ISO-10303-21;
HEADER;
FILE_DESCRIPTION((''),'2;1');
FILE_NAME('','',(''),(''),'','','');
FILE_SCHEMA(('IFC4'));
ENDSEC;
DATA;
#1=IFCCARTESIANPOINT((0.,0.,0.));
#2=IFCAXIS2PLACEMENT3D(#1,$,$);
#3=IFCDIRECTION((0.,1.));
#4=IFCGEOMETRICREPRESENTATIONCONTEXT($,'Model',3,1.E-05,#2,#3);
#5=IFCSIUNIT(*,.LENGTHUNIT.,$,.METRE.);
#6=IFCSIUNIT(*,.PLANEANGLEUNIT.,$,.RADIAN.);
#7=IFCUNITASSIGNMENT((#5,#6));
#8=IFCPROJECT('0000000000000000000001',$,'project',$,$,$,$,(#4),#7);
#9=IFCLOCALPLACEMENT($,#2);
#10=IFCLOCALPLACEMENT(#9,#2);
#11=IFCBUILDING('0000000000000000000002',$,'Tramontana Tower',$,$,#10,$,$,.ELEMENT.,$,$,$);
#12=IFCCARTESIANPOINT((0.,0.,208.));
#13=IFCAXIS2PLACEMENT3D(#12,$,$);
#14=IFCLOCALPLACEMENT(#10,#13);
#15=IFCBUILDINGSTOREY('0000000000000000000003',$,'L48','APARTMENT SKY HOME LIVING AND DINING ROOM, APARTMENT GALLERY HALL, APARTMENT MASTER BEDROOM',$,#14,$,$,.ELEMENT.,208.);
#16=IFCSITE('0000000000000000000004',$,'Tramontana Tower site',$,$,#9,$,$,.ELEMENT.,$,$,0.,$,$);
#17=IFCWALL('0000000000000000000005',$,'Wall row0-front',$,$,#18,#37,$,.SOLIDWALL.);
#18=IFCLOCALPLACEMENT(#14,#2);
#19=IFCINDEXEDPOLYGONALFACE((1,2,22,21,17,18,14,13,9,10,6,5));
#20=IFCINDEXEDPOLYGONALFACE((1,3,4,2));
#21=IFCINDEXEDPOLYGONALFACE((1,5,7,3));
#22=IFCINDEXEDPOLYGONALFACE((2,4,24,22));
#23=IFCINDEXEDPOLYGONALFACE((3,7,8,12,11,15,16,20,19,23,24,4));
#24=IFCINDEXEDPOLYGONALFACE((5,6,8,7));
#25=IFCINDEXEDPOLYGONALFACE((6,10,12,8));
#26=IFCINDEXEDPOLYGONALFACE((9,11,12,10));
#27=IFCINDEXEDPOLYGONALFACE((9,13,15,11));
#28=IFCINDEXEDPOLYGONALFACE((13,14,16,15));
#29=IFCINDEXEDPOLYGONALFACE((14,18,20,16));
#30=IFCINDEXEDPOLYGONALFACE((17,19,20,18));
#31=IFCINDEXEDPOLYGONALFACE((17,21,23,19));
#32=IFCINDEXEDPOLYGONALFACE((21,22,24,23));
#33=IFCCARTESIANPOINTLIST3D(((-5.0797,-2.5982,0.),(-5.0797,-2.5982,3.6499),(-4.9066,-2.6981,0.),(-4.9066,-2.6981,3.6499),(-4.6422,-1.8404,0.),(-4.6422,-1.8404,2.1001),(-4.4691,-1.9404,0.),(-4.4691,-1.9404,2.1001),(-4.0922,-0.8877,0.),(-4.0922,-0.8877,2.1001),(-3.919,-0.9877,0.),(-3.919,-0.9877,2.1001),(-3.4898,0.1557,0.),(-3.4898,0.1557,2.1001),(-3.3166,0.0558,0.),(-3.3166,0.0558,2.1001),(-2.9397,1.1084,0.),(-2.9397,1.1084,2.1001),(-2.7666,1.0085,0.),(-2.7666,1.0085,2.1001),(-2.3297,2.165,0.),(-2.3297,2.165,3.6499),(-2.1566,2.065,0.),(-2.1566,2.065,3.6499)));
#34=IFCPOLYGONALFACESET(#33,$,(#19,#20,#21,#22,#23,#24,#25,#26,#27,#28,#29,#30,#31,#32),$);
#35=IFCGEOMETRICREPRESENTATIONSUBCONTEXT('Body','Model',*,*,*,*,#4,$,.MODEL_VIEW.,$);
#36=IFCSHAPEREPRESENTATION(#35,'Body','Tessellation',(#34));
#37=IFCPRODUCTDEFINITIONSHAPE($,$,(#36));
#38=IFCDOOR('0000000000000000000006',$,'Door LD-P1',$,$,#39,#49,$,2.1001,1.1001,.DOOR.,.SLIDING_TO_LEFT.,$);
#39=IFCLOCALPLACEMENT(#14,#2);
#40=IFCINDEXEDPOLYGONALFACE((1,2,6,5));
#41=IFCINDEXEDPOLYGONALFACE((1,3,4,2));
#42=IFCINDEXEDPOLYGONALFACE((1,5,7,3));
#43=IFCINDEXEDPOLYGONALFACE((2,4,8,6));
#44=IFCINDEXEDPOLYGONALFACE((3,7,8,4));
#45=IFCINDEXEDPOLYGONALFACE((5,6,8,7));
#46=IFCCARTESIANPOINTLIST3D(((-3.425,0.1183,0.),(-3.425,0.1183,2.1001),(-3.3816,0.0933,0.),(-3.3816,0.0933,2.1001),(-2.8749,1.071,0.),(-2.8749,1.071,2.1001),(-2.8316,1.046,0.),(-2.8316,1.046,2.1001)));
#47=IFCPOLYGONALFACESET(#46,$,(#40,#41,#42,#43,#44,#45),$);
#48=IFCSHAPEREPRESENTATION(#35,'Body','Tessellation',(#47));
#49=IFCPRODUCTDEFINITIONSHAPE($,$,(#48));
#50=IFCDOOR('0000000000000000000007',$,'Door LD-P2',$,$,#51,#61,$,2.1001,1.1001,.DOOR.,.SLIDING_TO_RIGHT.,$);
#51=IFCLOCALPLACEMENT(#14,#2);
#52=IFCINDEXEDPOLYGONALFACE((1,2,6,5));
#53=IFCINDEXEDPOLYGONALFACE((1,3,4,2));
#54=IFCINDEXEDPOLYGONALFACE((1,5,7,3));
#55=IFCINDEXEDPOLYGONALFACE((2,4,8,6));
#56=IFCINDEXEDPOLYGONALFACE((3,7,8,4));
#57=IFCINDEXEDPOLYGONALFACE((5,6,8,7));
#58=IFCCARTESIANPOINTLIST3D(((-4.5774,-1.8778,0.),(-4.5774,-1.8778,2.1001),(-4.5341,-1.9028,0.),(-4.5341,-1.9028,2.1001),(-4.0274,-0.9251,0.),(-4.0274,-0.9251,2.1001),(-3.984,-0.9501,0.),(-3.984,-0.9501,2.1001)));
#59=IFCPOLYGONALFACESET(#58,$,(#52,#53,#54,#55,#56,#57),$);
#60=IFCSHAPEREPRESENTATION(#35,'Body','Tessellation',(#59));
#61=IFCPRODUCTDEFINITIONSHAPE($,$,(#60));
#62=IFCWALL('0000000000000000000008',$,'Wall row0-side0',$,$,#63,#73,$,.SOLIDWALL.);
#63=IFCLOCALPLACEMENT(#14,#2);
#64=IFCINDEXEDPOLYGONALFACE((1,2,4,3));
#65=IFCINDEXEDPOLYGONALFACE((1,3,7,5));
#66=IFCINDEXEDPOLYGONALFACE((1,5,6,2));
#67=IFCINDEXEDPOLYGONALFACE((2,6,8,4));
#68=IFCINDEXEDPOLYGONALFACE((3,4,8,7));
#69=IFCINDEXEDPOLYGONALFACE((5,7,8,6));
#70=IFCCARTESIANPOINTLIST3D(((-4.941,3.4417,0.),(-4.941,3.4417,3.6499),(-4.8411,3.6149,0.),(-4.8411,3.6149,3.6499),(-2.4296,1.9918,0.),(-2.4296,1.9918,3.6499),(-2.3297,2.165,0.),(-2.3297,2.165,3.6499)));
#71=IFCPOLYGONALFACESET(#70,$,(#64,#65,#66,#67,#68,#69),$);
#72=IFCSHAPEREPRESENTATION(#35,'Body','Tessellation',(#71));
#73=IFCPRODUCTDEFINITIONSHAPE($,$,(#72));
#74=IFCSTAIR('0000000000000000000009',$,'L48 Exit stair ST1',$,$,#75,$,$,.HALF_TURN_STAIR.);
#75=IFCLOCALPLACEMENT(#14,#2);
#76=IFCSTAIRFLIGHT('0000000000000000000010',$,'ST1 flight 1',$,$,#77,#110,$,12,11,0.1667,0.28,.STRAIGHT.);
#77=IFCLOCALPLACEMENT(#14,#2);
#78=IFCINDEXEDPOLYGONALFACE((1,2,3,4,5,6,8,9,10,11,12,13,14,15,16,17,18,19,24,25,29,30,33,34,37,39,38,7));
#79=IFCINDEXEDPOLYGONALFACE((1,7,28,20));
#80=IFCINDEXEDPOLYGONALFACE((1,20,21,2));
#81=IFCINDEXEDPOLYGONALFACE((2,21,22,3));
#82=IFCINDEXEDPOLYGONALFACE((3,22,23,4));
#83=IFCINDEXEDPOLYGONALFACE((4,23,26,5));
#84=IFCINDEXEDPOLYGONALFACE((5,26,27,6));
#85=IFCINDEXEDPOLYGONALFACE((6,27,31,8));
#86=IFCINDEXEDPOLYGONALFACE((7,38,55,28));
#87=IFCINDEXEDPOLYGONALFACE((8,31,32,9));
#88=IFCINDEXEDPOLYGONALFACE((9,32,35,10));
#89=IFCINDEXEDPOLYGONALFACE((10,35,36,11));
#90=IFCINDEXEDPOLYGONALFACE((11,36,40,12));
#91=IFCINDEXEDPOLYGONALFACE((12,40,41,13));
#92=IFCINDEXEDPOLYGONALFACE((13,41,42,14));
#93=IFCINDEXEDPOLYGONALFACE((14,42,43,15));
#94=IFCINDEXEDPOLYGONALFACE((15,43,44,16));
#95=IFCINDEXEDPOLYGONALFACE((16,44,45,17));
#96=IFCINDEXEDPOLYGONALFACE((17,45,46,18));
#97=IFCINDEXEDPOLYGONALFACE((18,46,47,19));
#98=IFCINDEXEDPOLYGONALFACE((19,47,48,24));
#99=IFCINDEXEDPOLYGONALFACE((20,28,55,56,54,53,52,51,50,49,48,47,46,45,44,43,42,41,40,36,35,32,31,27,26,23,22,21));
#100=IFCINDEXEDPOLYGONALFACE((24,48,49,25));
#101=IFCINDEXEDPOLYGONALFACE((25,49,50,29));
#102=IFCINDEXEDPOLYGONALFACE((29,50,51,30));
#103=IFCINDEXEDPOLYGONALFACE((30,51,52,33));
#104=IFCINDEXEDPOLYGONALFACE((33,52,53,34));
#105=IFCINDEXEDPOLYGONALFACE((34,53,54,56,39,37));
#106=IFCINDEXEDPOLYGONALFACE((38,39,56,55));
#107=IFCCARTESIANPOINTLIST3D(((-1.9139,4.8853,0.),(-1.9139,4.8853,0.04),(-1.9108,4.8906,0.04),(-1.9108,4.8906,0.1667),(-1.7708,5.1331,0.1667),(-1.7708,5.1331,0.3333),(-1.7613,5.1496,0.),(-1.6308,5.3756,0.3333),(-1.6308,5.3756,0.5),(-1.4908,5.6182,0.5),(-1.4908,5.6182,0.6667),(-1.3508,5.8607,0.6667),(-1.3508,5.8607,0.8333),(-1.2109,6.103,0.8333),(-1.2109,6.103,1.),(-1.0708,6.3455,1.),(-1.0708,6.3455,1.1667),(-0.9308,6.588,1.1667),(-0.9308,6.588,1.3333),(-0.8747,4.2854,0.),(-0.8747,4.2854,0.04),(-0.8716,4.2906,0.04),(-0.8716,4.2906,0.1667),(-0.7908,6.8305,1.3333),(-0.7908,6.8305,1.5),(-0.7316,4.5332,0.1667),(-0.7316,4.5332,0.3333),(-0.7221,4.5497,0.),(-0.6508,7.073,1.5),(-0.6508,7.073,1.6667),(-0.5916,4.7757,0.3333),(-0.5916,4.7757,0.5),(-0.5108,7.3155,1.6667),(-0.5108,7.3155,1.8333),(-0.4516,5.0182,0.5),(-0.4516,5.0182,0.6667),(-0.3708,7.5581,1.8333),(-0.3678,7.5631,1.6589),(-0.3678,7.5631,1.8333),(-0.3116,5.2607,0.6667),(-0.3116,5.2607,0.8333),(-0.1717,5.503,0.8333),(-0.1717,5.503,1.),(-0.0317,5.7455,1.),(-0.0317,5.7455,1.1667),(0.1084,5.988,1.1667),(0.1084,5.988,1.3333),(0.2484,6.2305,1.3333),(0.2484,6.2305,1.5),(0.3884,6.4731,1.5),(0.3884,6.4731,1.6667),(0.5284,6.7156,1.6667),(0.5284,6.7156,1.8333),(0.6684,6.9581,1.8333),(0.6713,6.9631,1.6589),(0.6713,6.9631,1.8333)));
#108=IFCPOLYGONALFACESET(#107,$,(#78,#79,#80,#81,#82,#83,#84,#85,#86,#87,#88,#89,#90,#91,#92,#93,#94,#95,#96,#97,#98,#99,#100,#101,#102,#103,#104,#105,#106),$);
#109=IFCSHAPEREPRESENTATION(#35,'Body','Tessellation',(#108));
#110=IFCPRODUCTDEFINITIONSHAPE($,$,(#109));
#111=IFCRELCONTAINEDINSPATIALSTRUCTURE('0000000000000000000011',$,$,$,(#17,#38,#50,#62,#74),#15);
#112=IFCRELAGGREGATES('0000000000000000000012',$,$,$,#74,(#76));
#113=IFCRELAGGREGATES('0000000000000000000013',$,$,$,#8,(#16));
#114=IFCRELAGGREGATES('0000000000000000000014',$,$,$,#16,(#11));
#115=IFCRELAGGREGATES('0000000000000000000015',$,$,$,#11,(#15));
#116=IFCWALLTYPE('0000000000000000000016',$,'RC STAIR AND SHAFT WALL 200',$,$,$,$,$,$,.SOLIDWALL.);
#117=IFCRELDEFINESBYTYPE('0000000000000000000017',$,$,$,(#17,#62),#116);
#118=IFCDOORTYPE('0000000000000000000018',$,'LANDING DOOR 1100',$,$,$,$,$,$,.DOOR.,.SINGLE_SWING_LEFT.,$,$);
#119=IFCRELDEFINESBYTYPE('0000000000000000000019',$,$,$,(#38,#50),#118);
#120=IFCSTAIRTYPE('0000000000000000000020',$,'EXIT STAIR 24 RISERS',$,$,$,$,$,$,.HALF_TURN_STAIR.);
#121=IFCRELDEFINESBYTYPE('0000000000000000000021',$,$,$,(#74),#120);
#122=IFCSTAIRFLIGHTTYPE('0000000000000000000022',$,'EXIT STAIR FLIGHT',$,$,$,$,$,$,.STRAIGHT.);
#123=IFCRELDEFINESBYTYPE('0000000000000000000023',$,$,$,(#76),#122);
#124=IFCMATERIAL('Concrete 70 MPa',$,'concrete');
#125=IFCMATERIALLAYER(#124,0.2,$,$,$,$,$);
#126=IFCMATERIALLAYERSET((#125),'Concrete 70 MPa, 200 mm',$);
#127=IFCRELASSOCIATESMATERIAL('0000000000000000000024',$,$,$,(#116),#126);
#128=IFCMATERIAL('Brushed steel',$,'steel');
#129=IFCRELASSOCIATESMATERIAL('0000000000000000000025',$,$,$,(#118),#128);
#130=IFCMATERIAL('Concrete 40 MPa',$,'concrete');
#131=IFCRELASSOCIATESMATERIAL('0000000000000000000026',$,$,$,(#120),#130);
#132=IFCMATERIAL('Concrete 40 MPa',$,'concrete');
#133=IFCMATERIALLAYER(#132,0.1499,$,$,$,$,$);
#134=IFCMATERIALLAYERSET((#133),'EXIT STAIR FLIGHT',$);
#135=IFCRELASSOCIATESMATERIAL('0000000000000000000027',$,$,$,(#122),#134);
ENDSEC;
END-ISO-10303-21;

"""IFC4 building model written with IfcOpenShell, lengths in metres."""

from ifc_helpers import new_model, si_unit, direction, frame, frame_2d, origin, place, context, subcontext, project, spatial, polyline, rectangle, outline, extrude, material, layer, layer_set, type_object, element, fill, aggregate, save


model = new_model("IFC4")

# Units and contexts
model_context = context("Model", 3, precision=1e-05, world=origin(), true_north=direction((0.0, 1.0)))
body_context = subcontext(model_context, "Body", "Model", "MODEL_VIEW")
ifc_project = project(units=[si_unit("LENGTHUNIT", "METRE"), si_unit("PLANEANGLEUNIT", "RADIAN")], contexts=[model_context])

# Site, building, storey
site_placement = place(None, origin())
site = spatial("IfcSite", under=ifc_project, at=site_placement, Name="Tramontana Tower site", CompositionType="ELEMENT", RefElevation=0.0)
building_placement = place(site_placement, origin())
building = spatial("IfcBuilding", under=site, at=building_placement, Name="Tramontana Tower", CompositionType="ELEMENT")
storey_placement = place(building_placement, frame((0.0, 0.0, 208.0)))
storey = spatial("IfcBuildingStorey", under=building, at=storey_placement, Name="L48", Description="APARTMENT SKY HOME LIVING AND DINING ROOM, APARTMENT GALLERY HALL, APARTMENT MASTER BEDROOM", CompositionType="ELEMENT", Elevation=208.0)

# Shared definitions
ifc_material_1 = material(Name="Concrete 70 MPa", Category="concrete")
ifc_layer_1 = layer(ifc_material_1, 0.2)
ifc_layer_set_1 = layer_set([ifc_layer_1], Name="Concrete 70 MPa, 200 mm")
wall_type_1 = type_object("IfcWallType", Name="RC STAIR AND SHAFT WALL 200", PredefinedType="SOLIDWALL", material=ifc_layer_set_1)

# Wall, openings, doors
wall_1_placement = place(storey_placement, frame((-2.2432, 2.115, 0.0), z_axis=(0.0, 0.0, 1.0), x_axis=(-0.499997, -0.866027, 0.0)))
wall_1 = element("IfcWall", 1, at=wall_1_placement, inside=storey, type_object=wall_type_1, Name="Wall row0-front", PredefinedType="SOLIDWALL", context=body_context, shape_type="SweptSolid", body=[
    extrude(rectangle(XDim=5.5, YDim=0.2, at=frame_2d((2.75, 0.0))), origin(), (0.0, 0.0, 1.0), 3.6499),
])
opening_1_placement = place(wall_1_placement, frame((1.22, 0.0, 0.0)))
opening_1 = element("IfcOpeningElement", 2, at=opening_1_placement, cuts=wall_1, PredefinedType="OPENING", context=body_context, shape_type="SweptSolid", body=[
    extrude(rectangle(XDim=1.1001, YDim=2.1001, at=frame_2d((0.55, 1.05))), frame((0.0, 0.1099, 0.0), z_axis=(0.0, -1.0, 0.0), x_axis=(1.0, 0.0, 0.0)), (0.0, 0.0, 1.0), 0.22),
])
opening_2_placement = place(wall_1_placement, frame((3.5249, 0.0, 0.0)))
opening_2 = element("IfcOpeningElement", 3, at=opening_2_placement, cuts=wall_1, PredefinedType="OPENING", context=body_context, shape_type="SweptSolid", body=[
    extrude(rectangle(XDim=1.1001, YDim=2.1001, at=frame_2d((0.55, 1.05))), frame((0.0, 0.1099, 0.0), z_axis=(0.0, -1.0, 0.0), x_axis=(1.0, 0.0, 0.0)), (0.0, 0.0, 1.0), 0.22),
])
ifc_material_2 = material(Name="Brushed steel", Category="steel")
door_type_1 = type_object("IfcDoorType", Name="LANDING DOOR 1100", OperationType="SINGLE_SWING_LEFT", PredefinedType="DOOR", material=ifc_material_2)
door_1_placement = place(opening_1_placement, origin())
door_1 = element("IfcDoor", 4, at=door_1_placement, inside=storey, type_object=door_type_1, Name="Door LD-P1", OperationType="SLIDING_TO_LEFT", OverallHeight=2.1001, OverallWidth=1.1001, PredefinedType="DOOR", context=body_context, shape_type="SweptSolid", body=[
    extrude(rectangle(XDim=1.1001, YDim=2.1001, at=frame_2d((0.55, 1.05))), frame((0.0, 0.0249, 0.0), z_axis=(0.0, -1.0, 0.0), x_axis=(1.0, 0.0, 0.0)), (0.0, 0.0, 1.0), 0.05),
])
fill(opening_1, door_1)
door_2_placement = place(opening_2_placement, origin())
door_2 = element("IfcDoor", 5, at=door_2_placement, inside=storey, type_object=door_type_1, Name="Door LD-P2", OperationType="SLIDING_TO_RIGHT", OverallHeight=2.1001, OverallWidth=1.1001, PredefinedType="DOOR", context=body_context, shape_type="SweptSolid", body=[
    extrude(rectangle(XDim=1.1001, YDim=2.1001, at=frame_2d((0.55, 1.05))), frame((0.0, 0.0249, 0.0), z_axis=(0.0, -1.0, 0.0), x_axis=(1.0, 0.0, 0.0)), (0.0, 0.0, 1.0), 0.05),
])
fill(opening_2, door_2)

# Wall
wall_2_placement = place(storey_placement, frame((-2.3796, 2.0784, 0.0), z_axis=(0.0, 0.0, 1.0), x_axis=(-0.866033, 0.499987, 0.0)))
element("IfcWall", 6, at=wall_2_placement, inside=storey, type_object=wall_type_1, Name="Wall row0-side0", PredefinedType="SOLIDWALL", context=body_context, shape_type="SweptSolid", body=[
    extrude(rectangle(XDim=2.8999, YDim=0.2, at=frame_2d((1.45, 0.0))), origin(), (0.0, 0.0, 1.0), 3.6499),
])

# Stair, stair flight
ifc_material_3 = material(Name="Concrete 40 MPa", Category="concrete")
stair_type = type_object("IfcStairType", Name="EXIT STAIR 24 RISERS", PredefinedType="HALF_TURN_STAIR", material=ifc_material_3)
stair_placement = place(storey_placement, origin())
stair = element("IfcStair", 7, at=stair_placement, inside=storey, type_object=stair_type, Name="L48 Exit stair ST1", PredefinedType="HALF_TURN_STAIR")
ifc_material_4 = material(Name="Concrete 40 MPa", Category="concrete")
ifc_layer_2 = layer(ifc_material_4, 0.1499)
ifc_layer_set_2 = layer_set([ifc_layer_2], Name="EXIT STAIR FLIGHT")
stair_flight_type = type_object("IfcStairFlightType", Name="EXIT STAIR FLIGHT", PredefinedType="STRAIGHT", material=ifc_layer_set_2)
stair_flight_placement = place(storey_placement, frame((-1.3911, 4.5906, 0.0), z_axis=(0.0, 0.0, 1.0), x_axis=(0.5, 0.866025, 0.0)))
stair_flight = element("IfcStairFlight", 8, at=stair_flight_placement, type_object=stair_flight_type, Name="ST1 flight 1", NumberOfRisers=12, NumberOfTreads=11, PredefinedType="STRAIGHT", RiserHeight=0.1667, TreadLength=0.28, context=body_context, shape_type="SweptSolid", body=[
    extrude(outline(polyline([(-0.0061, 0.0), (-0.0061, 0.04), (0.0, 0.04), (0.0, 0.1667), (0.28, 0.1667), (0.28, 0.3333), (0.5601, 0.3333), (0.5601, 0.5), (0.8401, 0.5), (0.8401, 0.6667), (1.1201, 0.6667), (1.1201, 0.8333), (1.3999, 0.8333), (1.3999, 1.0), (1.6799, 1.0), (1.6799, 1.1667), (1.96, 1.1667), (1.96, 1.3333), (2.24, 1.3333), (2.24, 1.5), (2.52, 1.5), (2.52, 1.6667), (2.8, 1.6667), (2.8, 1.8333), (3.0801, 1.8333), (3.0859, 1.8333), (3.0859, 1.6589), (0.2991, 0.0), (-0.0061, 0.0)])), frame((0.0, 0.6001, 0.0), z_axis=(0.0, -1.0, 0.0), x_axis=(1.0, 0.0, 0.0)), (0.0, 0.0, 1.0), 1.2),
])
aggregate(stair, [stair_flight])

save(model, "model.ifc")
